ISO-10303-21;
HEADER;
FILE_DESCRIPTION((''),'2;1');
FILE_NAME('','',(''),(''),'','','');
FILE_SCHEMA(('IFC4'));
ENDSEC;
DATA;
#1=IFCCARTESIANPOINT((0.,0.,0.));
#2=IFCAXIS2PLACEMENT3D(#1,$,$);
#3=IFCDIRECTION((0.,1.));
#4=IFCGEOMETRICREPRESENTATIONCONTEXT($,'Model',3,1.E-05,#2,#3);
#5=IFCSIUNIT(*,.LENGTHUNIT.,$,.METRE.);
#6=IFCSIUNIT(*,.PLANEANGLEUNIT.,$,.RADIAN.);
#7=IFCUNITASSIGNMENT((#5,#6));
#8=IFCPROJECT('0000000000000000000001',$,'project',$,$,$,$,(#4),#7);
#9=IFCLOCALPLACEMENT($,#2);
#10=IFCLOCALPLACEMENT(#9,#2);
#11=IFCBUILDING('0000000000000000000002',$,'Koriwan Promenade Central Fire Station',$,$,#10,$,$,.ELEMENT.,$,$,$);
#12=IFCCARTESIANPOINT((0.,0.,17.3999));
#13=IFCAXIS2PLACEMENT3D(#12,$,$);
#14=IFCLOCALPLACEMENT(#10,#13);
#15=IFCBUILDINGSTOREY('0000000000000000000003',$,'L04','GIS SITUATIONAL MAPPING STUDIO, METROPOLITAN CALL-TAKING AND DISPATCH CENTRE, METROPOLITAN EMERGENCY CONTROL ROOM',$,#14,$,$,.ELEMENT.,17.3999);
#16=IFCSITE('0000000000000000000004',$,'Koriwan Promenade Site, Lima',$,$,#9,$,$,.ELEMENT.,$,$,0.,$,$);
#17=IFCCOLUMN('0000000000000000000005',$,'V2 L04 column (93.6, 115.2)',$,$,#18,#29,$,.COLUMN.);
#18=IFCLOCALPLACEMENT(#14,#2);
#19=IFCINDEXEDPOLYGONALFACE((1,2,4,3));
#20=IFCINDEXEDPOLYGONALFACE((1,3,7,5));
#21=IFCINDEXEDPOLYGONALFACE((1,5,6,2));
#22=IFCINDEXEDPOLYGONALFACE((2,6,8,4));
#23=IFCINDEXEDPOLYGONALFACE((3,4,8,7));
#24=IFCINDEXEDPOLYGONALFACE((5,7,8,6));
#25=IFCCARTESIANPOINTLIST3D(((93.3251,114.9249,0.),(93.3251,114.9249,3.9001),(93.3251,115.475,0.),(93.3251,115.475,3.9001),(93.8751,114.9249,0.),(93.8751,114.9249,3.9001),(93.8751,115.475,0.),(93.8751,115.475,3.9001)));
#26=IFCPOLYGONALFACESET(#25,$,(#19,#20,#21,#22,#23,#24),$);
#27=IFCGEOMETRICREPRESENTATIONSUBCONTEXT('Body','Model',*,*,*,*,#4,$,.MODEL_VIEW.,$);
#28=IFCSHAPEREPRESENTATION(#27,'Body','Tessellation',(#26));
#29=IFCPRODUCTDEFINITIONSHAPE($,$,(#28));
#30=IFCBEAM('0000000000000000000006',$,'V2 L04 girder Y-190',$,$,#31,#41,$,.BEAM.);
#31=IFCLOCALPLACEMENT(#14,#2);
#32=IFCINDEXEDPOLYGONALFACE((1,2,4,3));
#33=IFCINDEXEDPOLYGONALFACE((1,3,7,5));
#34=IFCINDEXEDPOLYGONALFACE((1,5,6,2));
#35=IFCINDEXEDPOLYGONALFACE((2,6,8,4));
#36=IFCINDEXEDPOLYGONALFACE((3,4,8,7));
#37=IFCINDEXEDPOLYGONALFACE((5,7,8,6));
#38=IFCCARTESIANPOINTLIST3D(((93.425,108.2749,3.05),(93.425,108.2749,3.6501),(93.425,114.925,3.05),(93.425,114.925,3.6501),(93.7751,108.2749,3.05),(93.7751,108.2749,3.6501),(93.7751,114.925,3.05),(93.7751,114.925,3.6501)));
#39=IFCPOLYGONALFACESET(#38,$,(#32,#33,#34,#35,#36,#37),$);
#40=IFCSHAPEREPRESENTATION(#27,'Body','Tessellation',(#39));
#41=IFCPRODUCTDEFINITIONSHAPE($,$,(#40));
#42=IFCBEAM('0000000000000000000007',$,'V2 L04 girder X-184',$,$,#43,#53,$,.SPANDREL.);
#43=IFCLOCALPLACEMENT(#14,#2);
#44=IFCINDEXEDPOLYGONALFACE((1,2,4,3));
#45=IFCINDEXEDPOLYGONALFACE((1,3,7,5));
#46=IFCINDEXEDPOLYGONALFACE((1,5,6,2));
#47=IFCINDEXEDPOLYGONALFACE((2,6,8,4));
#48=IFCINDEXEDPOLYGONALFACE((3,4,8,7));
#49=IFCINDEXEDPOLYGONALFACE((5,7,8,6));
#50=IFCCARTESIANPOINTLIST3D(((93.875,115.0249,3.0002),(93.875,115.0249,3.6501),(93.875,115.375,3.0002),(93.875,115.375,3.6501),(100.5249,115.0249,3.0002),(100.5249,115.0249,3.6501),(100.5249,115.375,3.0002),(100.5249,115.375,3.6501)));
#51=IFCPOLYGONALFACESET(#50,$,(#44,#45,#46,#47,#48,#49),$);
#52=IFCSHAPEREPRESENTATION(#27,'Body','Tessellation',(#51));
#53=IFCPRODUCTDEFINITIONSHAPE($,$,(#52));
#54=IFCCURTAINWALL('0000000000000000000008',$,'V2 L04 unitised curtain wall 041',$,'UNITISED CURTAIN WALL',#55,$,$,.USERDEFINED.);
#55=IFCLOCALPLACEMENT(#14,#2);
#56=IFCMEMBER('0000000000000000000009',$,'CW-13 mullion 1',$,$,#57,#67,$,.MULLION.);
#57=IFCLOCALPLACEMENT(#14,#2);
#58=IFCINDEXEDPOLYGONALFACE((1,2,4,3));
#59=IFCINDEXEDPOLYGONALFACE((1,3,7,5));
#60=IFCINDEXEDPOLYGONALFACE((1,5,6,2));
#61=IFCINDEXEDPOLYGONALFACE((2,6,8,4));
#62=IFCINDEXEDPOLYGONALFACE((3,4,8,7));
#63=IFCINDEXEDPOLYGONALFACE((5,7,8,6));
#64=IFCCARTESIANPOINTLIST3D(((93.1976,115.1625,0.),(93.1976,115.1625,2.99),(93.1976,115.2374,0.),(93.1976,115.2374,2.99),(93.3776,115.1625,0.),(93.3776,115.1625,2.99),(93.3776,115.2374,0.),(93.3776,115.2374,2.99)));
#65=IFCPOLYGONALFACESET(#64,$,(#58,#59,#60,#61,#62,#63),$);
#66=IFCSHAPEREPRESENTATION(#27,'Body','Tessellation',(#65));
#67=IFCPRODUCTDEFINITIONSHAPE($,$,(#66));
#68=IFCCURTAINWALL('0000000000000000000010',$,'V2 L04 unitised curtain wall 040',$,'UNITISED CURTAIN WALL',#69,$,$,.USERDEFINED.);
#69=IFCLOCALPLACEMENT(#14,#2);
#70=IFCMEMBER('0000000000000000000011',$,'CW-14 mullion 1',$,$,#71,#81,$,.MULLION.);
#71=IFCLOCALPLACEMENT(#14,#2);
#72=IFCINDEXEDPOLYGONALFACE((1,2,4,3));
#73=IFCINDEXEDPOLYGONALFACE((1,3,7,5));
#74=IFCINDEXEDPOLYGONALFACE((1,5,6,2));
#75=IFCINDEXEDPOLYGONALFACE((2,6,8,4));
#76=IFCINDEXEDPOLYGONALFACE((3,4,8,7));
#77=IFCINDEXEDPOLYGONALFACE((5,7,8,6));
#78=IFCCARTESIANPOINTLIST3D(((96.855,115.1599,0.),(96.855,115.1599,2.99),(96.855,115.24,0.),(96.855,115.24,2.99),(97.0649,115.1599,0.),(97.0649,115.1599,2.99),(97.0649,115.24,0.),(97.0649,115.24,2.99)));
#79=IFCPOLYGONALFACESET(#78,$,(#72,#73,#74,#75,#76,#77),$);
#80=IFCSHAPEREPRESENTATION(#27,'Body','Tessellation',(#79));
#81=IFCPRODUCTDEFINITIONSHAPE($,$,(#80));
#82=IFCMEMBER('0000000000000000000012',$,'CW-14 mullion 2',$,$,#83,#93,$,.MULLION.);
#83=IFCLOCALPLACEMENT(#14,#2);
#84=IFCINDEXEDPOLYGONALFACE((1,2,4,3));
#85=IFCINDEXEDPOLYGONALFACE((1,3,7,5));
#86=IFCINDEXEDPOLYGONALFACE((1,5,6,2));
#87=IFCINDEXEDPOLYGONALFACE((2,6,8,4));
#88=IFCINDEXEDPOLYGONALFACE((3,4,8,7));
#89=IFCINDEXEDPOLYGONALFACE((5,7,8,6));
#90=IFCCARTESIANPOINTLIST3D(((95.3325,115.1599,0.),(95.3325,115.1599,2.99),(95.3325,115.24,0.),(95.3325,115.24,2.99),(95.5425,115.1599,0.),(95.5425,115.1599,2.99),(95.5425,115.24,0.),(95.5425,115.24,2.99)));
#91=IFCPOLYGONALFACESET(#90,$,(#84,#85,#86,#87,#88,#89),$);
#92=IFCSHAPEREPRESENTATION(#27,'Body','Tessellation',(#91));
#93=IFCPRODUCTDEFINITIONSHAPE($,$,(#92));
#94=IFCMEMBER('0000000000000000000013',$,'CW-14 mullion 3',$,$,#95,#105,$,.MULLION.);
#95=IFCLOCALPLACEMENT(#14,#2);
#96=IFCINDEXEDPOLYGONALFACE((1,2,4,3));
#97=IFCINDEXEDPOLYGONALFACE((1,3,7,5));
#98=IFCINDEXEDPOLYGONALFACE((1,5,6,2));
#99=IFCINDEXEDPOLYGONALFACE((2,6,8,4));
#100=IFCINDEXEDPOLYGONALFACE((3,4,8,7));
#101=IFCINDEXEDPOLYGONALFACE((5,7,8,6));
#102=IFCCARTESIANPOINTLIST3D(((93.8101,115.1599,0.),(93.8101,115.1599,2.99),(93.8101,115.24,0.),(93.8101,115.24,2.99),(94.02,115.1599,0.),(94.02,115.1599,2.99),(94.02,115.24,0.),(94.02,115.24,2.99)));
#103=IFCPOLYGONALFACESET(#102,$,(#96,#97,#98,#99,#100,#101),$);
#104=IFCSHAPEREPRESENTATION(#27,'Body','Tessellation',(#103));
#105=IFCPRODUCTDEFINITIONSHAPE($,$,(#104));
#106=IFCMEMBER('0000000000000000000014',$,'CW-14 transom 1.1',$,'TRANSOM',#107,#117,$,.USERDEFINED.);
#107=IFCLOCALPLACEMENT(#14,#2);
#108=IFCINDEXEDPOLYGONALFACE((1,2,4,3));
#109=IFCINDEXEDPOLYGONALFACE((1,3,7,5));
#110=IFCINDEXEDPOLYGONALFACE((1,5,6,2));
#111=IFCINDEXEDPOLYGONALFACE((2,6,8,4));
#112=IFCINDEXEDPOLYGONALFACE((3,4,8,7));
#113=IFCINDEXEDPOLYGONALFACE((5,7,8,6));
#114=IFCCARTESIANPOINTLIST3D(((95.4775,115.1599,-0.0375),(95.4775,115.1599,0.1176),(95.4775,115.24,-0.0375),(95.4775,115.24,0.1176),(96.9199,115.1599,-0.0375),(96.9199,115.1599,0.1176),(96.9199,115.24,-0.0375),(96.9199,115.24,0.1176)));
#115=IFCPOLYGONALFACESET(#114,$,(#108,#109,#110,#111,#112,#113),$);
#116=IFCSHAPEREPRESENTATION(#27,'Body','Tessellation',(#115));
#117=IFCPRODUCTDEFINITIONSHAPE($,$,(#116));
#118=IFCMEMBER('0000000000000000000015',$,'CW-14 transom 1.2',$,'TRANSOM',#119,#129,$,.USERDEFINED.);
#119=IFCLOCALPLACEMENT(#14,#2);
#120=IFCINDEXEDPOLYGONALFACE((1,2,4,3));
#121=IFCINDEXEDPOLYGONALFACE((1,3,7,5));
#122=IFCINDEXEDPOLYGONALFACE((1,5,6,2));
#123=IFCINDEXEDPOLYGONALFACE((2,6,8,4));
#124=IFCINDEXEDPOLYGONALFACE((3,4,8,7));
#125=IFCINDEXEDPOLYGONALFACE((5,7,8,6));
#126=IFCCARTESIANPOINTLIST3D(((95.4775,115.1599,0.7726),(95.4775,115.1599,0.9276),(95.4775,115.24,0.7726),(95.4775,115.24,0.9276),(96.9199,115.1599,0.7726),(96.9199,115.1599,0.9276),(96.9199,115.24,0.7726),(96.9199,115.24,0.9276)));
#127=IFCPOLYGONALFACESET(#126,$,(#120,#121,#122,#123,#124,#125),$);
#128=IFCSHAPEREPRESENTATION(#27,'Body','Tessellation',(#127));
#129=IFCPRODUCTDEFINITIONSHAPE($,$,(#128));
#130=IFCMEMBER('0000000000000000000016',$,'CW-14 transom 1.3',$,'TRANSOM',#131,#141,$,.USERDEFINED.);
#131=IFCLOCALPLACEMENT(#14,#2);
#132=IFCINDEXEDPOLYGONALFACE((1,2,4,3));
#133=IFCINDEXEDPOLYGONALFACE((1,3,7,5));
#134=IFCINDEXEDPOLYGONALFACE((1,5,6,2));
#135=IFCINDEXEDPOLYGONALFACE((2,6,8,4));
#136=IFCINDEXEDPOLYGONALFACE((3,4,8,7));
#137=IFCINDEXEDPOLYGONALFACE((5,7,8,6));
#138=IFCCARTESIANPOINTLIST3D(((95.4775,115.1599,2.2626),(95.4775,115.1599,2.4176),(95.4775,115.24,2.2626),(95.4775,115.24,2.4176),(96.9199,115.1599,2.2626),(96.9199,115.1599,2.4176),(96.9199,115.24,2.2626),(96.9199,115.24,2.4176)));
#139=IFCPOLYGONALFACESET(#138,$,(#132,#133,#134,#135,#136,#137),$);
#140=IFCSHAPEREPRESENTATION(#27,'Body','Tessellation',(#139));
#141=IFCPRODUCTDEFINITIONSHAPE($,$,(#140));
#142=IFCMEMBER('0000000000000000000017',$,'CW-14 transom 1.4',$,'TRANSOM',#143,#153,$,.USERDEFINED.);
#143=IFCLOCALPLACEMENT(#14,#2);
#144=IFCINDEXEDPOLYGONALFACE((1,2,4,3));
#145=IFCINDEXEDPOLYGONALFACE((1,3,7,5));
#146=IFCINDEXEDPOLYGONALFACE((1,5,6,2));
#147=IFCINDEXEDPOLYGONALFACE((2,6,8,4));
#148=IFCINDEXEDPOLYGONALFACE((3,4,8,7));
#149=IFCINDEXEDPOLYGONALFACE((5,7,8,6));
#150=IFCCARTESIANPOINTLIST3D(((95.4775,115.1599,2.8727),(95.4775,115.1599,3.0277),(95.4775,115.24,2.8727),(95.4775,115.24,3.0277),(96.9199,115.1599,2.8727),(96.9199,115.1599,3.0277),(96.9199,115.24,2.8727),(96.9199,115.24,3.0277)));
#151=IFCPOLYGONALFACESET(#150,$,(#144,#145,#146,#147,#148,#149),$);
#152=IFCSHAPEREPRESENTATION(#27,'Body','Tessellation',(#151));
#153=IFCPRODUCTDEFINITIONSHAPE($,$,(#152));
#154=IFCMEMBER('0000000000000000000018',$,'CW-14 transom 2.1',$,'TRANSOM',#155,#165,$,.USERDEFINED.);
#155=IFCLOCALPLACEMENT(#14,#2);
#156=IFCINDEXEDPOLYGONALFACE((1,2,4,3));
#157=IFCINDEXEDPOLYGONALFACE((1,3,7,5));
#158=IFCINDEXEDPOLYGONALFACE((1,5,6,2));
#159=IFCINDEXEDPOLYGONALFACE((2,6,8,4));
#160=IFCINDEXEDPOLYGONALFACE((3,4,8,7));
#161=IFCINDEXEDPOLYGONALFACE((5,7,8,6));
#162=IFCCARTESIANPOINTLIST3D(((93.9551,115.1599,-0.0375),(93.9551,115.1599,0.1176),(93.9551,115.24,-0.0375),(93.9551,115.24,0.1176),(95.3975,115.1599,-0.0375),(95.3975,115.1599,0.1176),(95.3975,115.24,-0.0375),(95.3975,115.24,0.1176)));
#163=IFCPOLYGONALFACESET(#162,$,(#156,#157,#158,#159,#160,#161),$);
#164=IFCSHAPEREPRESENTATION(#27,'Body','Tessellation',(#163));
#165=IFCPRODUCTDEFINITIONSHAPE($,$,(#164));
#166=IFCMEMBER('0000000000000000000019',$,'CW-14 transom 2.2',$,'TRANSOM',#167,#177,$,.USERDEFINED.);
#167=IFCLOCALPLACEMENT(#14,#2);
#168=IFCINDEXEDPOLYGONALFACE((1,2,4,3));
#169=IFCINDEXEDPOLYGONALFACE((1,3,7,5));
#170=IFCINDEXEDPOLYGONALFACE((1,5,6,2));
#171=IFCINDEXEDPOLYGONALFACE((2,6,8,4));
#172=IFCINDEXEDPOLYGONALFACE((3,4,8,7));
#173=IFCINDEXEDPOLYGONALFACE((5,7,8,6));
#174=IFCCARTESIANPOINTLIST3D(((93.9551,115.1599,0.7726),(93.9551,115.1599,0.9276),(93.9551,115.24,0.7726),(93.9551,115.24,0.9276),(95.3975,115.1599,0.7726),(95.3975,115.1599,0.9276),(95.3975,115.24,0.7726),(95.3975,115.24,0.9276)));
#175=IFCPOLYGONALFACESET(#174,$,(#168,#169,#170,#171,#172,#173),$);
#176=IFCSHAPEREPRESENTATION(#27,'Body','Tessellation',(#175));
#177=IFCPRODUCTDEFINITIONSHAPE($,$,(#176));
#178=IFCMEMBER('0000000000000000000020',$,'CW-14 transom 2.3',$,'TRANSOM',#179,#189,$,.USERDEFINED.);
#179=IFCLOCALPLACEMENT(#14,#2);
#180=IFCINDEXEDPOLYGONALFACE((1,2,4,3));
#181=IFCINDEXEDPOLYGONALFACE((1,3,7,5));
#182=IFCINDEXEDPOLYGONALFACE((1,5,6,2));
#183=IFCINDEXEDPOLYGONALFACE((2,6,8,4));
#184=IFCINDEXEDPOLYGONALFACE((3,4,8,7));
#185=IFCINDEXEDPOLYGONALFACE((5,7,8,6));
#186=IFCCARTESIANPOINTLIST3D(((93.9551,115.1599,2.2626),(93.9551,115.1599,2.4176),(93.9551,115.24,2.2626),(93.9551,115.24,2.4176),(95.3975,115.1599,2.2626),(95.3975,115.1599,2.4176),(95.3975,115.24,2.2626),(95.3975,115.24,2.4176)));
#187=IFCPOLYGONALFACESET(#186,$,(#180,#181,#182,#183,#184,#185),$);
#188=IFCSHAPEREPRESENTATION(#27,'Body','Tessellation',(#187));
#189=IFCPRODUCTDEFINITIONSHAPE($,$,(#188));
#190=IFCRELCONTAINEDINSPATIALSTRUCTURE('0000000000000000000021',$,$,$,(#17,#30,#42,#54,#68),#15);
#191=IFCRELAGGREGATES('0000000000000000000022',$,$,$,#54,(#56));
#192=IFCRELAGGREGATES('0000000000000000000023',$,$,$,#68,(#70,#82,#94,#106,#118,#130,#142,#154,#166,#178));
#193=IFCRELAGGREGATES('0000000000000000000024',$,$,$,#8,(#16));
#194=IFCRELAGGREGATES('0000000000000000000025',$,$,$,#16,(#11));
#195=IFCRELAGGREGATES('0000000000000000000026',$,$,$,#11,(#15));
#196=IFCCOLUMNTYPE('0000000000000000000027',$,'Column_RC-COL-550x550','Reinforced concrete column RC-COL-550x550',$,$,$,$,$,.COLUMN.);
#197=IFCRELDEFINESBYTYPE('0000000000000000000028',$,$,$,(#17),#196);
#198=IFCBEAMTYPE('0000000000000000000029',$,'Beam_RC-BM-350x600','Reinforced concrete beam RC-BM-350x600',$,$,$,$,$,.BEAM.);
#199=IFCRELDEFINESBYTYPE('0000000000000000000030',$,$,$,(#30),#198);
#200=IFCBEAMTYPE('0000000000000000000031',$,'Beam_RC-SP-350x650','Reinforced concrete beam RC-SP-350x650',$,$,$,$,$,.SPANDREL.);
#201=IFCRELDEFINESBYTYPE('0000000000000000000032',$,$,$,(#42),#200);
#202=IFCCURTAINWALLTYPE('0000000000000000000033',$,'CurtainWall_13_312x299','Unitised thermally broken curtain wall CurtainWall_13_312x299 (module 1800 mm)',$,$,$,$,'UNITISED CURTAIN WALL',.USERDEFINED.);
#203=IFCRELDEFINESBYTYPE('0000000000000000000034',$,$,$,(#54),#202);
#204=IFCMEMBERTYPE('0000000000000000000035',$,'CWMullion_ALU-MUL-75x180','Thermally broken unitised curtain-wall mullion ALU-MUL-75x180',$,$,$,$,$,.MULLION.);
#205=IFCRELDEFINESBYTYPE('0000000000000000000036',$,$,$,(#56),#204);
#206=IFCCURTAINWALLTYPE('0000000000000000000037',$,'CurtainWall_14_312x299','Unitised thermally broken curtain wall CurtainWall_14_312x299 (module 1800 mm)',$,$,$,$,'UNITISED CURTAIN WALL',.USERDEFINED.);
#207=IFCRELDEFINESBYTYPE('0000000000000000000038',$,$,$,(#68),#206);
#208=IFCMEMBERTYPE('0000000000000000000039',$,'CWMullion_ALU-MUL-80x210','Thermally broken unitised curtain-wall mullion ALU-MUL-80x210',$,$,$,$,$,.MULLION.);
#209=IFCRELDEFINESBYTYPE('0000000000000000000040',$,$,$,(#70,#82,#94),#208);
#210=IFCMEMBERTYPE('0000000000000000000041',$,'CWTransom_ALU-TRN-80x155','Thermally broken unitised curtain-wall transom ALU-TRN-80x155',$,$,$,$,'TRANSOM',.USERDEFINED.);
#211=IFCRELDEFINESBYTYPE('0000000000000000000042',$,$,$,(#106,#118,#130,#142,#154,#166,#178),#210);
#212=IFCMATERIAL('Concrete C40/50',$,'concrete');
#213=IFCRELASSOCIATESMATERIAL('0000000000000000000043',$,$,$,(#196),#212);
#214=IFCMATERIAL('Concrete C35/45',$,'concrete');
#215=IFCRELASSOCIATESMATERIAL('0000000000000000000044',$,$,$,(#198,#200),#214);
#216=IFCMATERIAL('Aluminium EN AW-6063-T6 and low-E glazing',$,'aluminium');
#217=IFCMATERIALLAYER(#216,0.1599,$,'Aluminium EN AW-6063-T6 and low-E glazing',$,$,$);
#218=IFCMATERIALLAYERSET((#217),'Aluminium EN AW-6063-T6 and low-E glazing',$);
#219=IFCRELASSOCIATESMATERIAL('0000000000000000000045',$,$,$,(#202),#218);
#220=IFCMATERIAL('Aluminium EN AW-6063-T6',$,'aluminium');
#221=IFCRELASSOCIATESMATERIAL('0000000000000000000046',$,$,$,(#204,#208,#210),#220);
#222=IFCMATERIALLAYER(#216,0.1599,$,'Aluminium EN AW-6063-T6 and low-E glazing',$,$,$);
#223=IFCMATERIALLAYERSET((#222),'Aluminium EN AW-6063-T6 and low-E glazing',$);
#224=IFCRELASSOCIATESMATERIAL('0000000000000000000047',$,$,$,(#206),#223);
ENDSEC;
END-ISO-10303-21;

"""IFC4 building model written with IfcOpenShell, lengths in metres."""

from ifc_helpers import new_model, si_unit, direction, frame, origin, origin_2d, place, context, subcontext, project, spatial, rectangle, extrude, material, layer, layer_set, material_profile, profile_set, type_object, element, aggregate, save


model = new_model("IFC4")

# Units and contexts
model_context = context("Model", 3, precision=1e-05, world=origin(), true_north=direction((0.0, 1.0)))
body_context = subcontext(model_context, "Body", "Model", "MODEL_VIEW")
ifc_project = project(units=[si_unit("LENGTHUNIT", "METRE"), si_unit("PLANEANGLEUNIT", "RADIAN")], contexts=[model_context])

# Site, building, storey
site_placement = place(None, origin())
site = spatial("IfcSite", under=ifc_project, at=site_placement, Name="Koriwan Promenade Site, Lima", CompositionType="ELEMENT", RefElevation=0.0)
building_placement = place(site_placement, origin())
building = spatial("IfcBuilding", under=site, at=building_placement, Name="Koriwan Promenade Central Fire Station", CompositionType="ELEMENT")
storey_placement = place(building_placement, frame((0.0, 0.0, 17.3999)))
storey = spatial("IfcBuildingStorey", under=building, at=storey_placement, Name="L04", Description="GIS SITUATIONAL MAPPING STUDIO, METROPOLITAN CALL-TAKING AND DISPATCH CENTRE, METROPOLITAN EMERGENCY CONTROL ROOM", CompositionType="ELEMENT", Elevation=17.3999)

# Column
ifc_material_1 = material(Name="Concrete C40/50", Category="concrete")
ifc_material_profile_1 = material_profile(ifc_material_1, rectangle(XDim=0.55, YDim=0.55, at=origin_2d()), Name="RC-COL-550x550")
ifc_profile_set_1 = profile_set([ifc_material_profile_1], Name="Concrete C40/50")
column_type = type_object("IfcColumnType", Name="Column_RC-COL-550x550", Description="Reinforced concrete column RC-COL-550x550", PredefinedType="COLUMN", material=ifc_profile_set_1)
column_placement = place(storey_placement, frame((93.6001, 115.2, 0.0), z_axis=(0.0, 0.0, 1.0), x_axis=(1.0, 0.0, 0.0)))
element("IfcColumn", 1, at=column_placement, inside=storey, type_object=column_type, Name="V2 L04 column (93.6, 115.2)", PredefinedType="COLUMN", context=body_context, shape_type="SweptSolid", body=[
    extrude(rectangle(XDim=0.55, YDim=0.55, at=origin_2d()), origin(), (0.0, 0.0, 1.0), 3.9001),
])

# Beams
ifc_material_2 = material(Name="Concrete C35/45", Category="concrete")
ifc_material_profile_2 = material_profile(ifc_material_2, rectangle(XDim=0.3501, YDim=0.6001, at=origin_2d()), Name="RC-BM-350x600")
ifc_profile_set_2 = profile_set([ifc_material_profile_2], Name="Concrete C35/45")
beam_type_1 = type_object("IfcBeamType", Name="Beam_RC-BM-350x600", Description="Reinforced concrete beam RC-BM-350x600", PredefinedType="BEAM", material=ifc_profile_set_2)
beam_1_placement = place(storey_placement, frame((93.6001, 108.2749, 3.3501), z_axis=(0.0, 1.0, 0.0), x_axis=(-1.0, 0.0, 0.0)))
element("IfcBeam", 2, at=beam_1_placement, inside=storey, type_object=beam_type_1, Name="V2 L04 girder Y-190", PredefinedType="BEAM", context=body_context, shape_type="SweptSolid", body=[
    extrude(rectangle(XDim=0.3501, YDim=0.6001, at=origin_2d()), origin(), (0.0, 0.0, 1.0), 6.6501),
])
ifc_material_profile_3 = material_profile(ifc_material_2, rectangle(XDim=0.3501, YDim=0.6499, at=origin_2d()), Name="RC-SP-350x650")
ifc_profile_set_3 = profile_set([ifc_material_profile_3], Name="Concrete C35/45")
beam_type_2 = type_object("IfcBeamType", Name="Beam_RC-SP-350x650", Description="Reinforced concrete beam RC-SP-350x650", PredefinedType="SPANDREL", material=ifc_profile_set_3)
beam_2_placement = place(storey_placement, frame((93.875, 115.2, 3.3252), z_axis=(1.0, 0.0, 0.0), x_axis=(0.0, 1.0, 0.0)))
element("IfcBeam", 3, at=beam_2_placement, inside=storey, type_object=beam_type_2, Name="V2 L04 girder X-184", PredefinedType="SPANDREL", context=body_context, shape_type="SweptSolid", body=[
    extrude(rectangle(XDim=0.3501, YDim=0.6499, at=origin_2d()), origin(), (0.0, 0.0, 1.0), 6.6499),
])

# Curtain wall, member
ifc_material_3 = material(Name="Aluminium EN AW-6063-T6 and low-E glazing", Category="aluminium")
ifc_layer_1 = layer(ifc_material_3, 0.1599, Name="Aluminium EN AW-6063-T6 and low-E glazing")
ifc_layer_set_1 = layer_set([ifc_layer_1], Name="Aluminium EN AW-6063-T6 and low-E glazing")
curtain_wall_type_1 = type_object("IfcCurtainWallType", Name="CurtainWall_13_312x299", Description="Unitised thermally broken curtain wall CurtainWall_13_312x299 (module 1800 mm)", ElementType="UNITISED CURTAIN WALL", PredefinedType="USERDEFINED", material=ifc_layer_set_1)
curtain_wall_1_placement = place(storey_placement, origin())
curtain_wall_1 = element("IfcCurtainWall", 4, at=curtain_wall_1_placement, inside=storey, type_object=curtain_wall_type_1, Name="V2 L04 unitised curtain wall 041", ObjectType="UNITISED CURTAIN WALL", PredefinedType="USERDEFINED")
ifc_material_4 = material(Name="Aluminium EN AW-6063-T6", Category="aluminium")
ifc_material_profile_4 = material_profile(ifc_material_4, rectangle(XDim=0.075, YDim=0.1799, at=origin_2d()), Name="ALU-MUL-75x180")
ifc_profile_set_4 = profile_set([ifc_material_profile_4], Name="Aluminium EN AW-6063-T6")
member_type_1 = type_object("IfcMemberType", Name="CWMullion_ALU-MUL-75x180", Description="Thermally broken unitised curtain-wall mullion ALU-MUL-75x180", PredefinedType="MULLION", material=ifc_profile_set_4)
member_1_placement = place(storey_placement, frame((93.2876, 115.2, 0.0), z_axis=(0.0, 0.0, 1.0), x_axis=(0.0, -1.0, 0.0)))
member_1 = element("IfcMember", 5, at=member_1_placement, type_object=member_type_1, Name="CW-13 mullion 1", PredefinedType="MULLION", context=body_context, shape_type="SweptSolid", body=[
    extrude(rectangle(XDim=0.075, YDim=0.1799, at=origin_2d()), origin(), (0.0, 0.0, 1.0), 2.99),
])
aggregate(curtain_wall_1, [member_1])

# Curtain wall, members
ifc_layer_2 = layer(ifc_material_3, 0.1599, Name="Aluminium EN AW-6063-T6 and low-E glazing")
ifc_layer_set_2 = layer_set([ifc_layer_2], Name="Aluminium EN AW-6063-T6 and low-E glazing")
curtain_wall_type_2 = type_object("IfcCurtainWallType", Name="CurtainWall_14_312x299", Description="Unitised thermally broken curtain wall CurtainWall_14_312x299 (module 1800 mm)", ElementType="UNITISED CURTAIN WALL", PredefinedType="USERDEFINED", material=ifc_layer_set_2)
curtain_wall_2_placement = place(storey_placement, origin())
curtain_wall_2 = element("IfcCurtainWall", 6, at=curtain_wall_2_placement, inside=storey, type_object=curtain_wall_type_2, Name="V2 L04 unitised curtain wall 040", ObjectType="UNITISED CURTAIN WALL", PredefinedType="USERDEFINED")
ifc_material_profile_5 = material_profile(ifc_material_4, rectangle(XDim=0.0801, YDim=0.21, at=origin_2d()), Name="ALU-MUL-80x210")
ifc_profile_set_5 = profile_set([ifc_material_profile_5], Name="Aluminium EN AW-6063-T6")
member_type_2 = type_object("IfcMemberType", Name="CWMullion_ALU-MUL-80x210", Description="Thermally broken unitised curtain-wall mullion ALU-MUL-80x210", PredefinedType="MULLION", material=ifc_profile_set_5)
member_2_placement = place(storey_placement, frame((96.96, 115.2, 0.0), z_axis=(0.0, 0.0, 1.0), x_axis=(0.0, -1.0, 0.0)))
member_2 = element("IfcMember", 7, at=member_2_placement, type_object=member_type_2, Name="CW-14 mullion 1", PredefinedType="MULLION", context=body_context, shape_type="SweptSolid", body=[
    extrude(rectangle(XDim=0.0801, YDim=0.21, at=origin_2d()), origin(), (0.0, 0.0, 1.0), 2.99),
])
member_3_placement = place(storey_placement, frame((95.4375, 115.2, 0.0), z_axis=(0.0, 0.0, 1.0), x_axis=(0.0, -1.0, 0.0)))
member_3 = element("IfcMember", 8, at=member_3_placement, type_object=member_type_2, Name="CW-14 mullion 2", PredefinedType="MULLION", context=body_context, shape_type="SweptSolid", body=[
    extrude(rectangle(XDim=0.0801, YDim=0.21, at=origin_2d()), origin(), (0.0, 0.0, 1.0), 2.99),
])
member_4_placement = place(storey_placement, frame((93.915, 115.2, 0.0), z_axis=(0.0, 0.0, 1.0), x_axis=(0.0, -1.0, 0.0)))
member_4 = element("IfcMember", 9, at=member_4_placement, type_object=member_type_2, Name="CW-14 mullion 3", PredefinedType="MULLION", context=body_context, shape_type="SweptSolid", body=[
    extrude(rectangle(XDim=0.0801, YDim=0.21, at=origin_2d()), origin(), (0.0, 0.0, 1.0), 2.99),
])
ifc_material_profile_6 = material_profile(ifc_material_4, rectangle(XDim=0.0801, YDim=0.155, at=origin_2d()), Name="ALU-TRN-80x155")
ifc_profile_set_6 = profile_set([ifc_material_profile_6], Name="Aluminium EN AW-6063-T6")
member_type_3 = type_object("IfcMemberType", Name="CWTransom_ALU-TRN-80x155", Description="Thermally broken unitised curtain-wall transom ALU-TRN-80x155", ElementType="TRANSOM", PredefinedType="USERDEFINED", material=ifc_profile_set_6)
member_5_placement = place(storey_placement, frame((96.9199, 115.2, 0.04), z_axis=(-1.0, 0.0, 0.0), x_axis=(0.0, -1.0, 0.0)))
member_5 = element("IfcMember", 10, at=member_5_placement, type_object=member_type_3, Name="CW-14 transom 1.1", ObjectType="TRANSOM", PredefinedType="USERDEFINED", context=body_context, shape_type="SweptSolid", body=[
    extrude(rectangle(XDim=0.0801, YDim=0.155, at=origin_2d()), origin(), (0.0, 0.0, 1.0), 1.4424),
])
member_6_placement = place(storey_placement, frame((96.9199, 115.2, 0.8501), z_axis=(-1.0, 0.0, 0.0), x_axis=(0.0, -1.0, 0.0)))
member_6 = element("IfcMember", 11, at=member_6_placement, type_object=member_type_3, Name="CW-14 transom 1.2", ObjectType="TRANSOM", PredefinedType="USERDEFINED", context=body_context, shape_type="SweptSolid", body=[
    extrude(rectangle(XDim=0.0801, YDim=0.155, at=origin_2d()), origin(), (0.0, 0.0, 1.0), 1.4424),
])
member_7_placement = place(storey_placement, frame((96.9199, 115.2, 2.3401), z_axis=(-1.0, 0.0, 0.0), x_axis=(0.0, -1.0, 0.0)))
member_7 = element("IfcMember", 12, at=member_7_placement, type_object=member_type_3, Name="CW-14 transom 1.3", ObjectType="TRANSOM", PredefinedType="USERDEFINED", context=body_context, shape_type="SweptSolid", body=[
    extrude(rectangle(XDim=0.0801, YDim=0.155, at=origin_2d()), origin(), (0.0, 0.0, 1.0), 1.4424),
])
member_8_placement = place(storey_placement, frame((96.9199, 115.2, 2.9502), z_axis=(-1.0, 0.0, 0.0), x_axis=(0.0, -1.0, 0.0)))
member_8 = element("IfcMember", 13, at=member_8_placement, type_object=member_type_3, Name="CW-14 transom 1.4", ObjectType="TRANSOM", PredefinedType="USERDEFINED", context=body_context, shape_type="SweptSolid", body=[
    extrude(rectangle(XDim=0.0801, YDim=0.155, at=origin_2d()), origin(), (0.0, 0.0, 1.0), 1.4424),
])
member_9_placement = place(storey_placement, frame((95.3975, 115.2, 0.04), z_axis=(-1.0, 0.0, 0.0), x_axis=(0.0, -1.0, 0.0)))
member_9 = element("IfcMember", 14, at=member_9_placement, type_object=member_type_3, Name="CW-14 transom 2.1", ObjectType="TRANSOM", PredefinedType="USERDEFINED", context=body_context, shape_type="SweptSolid", body=[
    extrude(rectangle(XDim=0.0801, YDim=0.155, at=origin_2d()), origin(), (0.0, 0.0, 1.0), 1.4424),
])
member_10_placement = place(storey_placement, frame((95.3975, 115.2, 0.8501), z_axis=(-1.0, 0.0, 0.0), x_axis=(0.0, -1.0, 0.0)))
member_10 = element("IfcMember", 15, at=member_10_placement, type_object=member_type_3, Name="CW-14 transom 2.2", ObjectType="TRANSOM", PredefinedType="USERDEFINED", context=body_context, shape_type="SweptSolid", body=[
    extrude(rectangle(XDim=0.0801, YDim=0.155, at=origin_2d()), origin(), (0.0, 0.0, 1.0), 1.4424),
])
member_11_placement = place(storey_placement, frame((95.3975, 115.2, 2.3401), z_axis=(-1.0, 0.0, 0.0), x_axis=(0.0, -1.0, 0.0)))
member_11 = element("IfcMember", 16, at=member_11_placement, type_object=member_type_3, Name="CW-14 transom 2.3", ObjectType="TRANSOM", PredefinedType="USERDEFINED", context=body_context, shape_type="SweptSolid", body=[
    extrude(rectangle(XDim=0.0801, YDim=0.155, at=origin_2d()), origin(), (0.0, 0.0, 1.0), 1.4424),
])
aggregate(curtain_wall_2, [member_2, member_3, member_4, member_5, member_6, member_7, member_8, member_9, member_10, member_11])

save(model, "model.ifc")
